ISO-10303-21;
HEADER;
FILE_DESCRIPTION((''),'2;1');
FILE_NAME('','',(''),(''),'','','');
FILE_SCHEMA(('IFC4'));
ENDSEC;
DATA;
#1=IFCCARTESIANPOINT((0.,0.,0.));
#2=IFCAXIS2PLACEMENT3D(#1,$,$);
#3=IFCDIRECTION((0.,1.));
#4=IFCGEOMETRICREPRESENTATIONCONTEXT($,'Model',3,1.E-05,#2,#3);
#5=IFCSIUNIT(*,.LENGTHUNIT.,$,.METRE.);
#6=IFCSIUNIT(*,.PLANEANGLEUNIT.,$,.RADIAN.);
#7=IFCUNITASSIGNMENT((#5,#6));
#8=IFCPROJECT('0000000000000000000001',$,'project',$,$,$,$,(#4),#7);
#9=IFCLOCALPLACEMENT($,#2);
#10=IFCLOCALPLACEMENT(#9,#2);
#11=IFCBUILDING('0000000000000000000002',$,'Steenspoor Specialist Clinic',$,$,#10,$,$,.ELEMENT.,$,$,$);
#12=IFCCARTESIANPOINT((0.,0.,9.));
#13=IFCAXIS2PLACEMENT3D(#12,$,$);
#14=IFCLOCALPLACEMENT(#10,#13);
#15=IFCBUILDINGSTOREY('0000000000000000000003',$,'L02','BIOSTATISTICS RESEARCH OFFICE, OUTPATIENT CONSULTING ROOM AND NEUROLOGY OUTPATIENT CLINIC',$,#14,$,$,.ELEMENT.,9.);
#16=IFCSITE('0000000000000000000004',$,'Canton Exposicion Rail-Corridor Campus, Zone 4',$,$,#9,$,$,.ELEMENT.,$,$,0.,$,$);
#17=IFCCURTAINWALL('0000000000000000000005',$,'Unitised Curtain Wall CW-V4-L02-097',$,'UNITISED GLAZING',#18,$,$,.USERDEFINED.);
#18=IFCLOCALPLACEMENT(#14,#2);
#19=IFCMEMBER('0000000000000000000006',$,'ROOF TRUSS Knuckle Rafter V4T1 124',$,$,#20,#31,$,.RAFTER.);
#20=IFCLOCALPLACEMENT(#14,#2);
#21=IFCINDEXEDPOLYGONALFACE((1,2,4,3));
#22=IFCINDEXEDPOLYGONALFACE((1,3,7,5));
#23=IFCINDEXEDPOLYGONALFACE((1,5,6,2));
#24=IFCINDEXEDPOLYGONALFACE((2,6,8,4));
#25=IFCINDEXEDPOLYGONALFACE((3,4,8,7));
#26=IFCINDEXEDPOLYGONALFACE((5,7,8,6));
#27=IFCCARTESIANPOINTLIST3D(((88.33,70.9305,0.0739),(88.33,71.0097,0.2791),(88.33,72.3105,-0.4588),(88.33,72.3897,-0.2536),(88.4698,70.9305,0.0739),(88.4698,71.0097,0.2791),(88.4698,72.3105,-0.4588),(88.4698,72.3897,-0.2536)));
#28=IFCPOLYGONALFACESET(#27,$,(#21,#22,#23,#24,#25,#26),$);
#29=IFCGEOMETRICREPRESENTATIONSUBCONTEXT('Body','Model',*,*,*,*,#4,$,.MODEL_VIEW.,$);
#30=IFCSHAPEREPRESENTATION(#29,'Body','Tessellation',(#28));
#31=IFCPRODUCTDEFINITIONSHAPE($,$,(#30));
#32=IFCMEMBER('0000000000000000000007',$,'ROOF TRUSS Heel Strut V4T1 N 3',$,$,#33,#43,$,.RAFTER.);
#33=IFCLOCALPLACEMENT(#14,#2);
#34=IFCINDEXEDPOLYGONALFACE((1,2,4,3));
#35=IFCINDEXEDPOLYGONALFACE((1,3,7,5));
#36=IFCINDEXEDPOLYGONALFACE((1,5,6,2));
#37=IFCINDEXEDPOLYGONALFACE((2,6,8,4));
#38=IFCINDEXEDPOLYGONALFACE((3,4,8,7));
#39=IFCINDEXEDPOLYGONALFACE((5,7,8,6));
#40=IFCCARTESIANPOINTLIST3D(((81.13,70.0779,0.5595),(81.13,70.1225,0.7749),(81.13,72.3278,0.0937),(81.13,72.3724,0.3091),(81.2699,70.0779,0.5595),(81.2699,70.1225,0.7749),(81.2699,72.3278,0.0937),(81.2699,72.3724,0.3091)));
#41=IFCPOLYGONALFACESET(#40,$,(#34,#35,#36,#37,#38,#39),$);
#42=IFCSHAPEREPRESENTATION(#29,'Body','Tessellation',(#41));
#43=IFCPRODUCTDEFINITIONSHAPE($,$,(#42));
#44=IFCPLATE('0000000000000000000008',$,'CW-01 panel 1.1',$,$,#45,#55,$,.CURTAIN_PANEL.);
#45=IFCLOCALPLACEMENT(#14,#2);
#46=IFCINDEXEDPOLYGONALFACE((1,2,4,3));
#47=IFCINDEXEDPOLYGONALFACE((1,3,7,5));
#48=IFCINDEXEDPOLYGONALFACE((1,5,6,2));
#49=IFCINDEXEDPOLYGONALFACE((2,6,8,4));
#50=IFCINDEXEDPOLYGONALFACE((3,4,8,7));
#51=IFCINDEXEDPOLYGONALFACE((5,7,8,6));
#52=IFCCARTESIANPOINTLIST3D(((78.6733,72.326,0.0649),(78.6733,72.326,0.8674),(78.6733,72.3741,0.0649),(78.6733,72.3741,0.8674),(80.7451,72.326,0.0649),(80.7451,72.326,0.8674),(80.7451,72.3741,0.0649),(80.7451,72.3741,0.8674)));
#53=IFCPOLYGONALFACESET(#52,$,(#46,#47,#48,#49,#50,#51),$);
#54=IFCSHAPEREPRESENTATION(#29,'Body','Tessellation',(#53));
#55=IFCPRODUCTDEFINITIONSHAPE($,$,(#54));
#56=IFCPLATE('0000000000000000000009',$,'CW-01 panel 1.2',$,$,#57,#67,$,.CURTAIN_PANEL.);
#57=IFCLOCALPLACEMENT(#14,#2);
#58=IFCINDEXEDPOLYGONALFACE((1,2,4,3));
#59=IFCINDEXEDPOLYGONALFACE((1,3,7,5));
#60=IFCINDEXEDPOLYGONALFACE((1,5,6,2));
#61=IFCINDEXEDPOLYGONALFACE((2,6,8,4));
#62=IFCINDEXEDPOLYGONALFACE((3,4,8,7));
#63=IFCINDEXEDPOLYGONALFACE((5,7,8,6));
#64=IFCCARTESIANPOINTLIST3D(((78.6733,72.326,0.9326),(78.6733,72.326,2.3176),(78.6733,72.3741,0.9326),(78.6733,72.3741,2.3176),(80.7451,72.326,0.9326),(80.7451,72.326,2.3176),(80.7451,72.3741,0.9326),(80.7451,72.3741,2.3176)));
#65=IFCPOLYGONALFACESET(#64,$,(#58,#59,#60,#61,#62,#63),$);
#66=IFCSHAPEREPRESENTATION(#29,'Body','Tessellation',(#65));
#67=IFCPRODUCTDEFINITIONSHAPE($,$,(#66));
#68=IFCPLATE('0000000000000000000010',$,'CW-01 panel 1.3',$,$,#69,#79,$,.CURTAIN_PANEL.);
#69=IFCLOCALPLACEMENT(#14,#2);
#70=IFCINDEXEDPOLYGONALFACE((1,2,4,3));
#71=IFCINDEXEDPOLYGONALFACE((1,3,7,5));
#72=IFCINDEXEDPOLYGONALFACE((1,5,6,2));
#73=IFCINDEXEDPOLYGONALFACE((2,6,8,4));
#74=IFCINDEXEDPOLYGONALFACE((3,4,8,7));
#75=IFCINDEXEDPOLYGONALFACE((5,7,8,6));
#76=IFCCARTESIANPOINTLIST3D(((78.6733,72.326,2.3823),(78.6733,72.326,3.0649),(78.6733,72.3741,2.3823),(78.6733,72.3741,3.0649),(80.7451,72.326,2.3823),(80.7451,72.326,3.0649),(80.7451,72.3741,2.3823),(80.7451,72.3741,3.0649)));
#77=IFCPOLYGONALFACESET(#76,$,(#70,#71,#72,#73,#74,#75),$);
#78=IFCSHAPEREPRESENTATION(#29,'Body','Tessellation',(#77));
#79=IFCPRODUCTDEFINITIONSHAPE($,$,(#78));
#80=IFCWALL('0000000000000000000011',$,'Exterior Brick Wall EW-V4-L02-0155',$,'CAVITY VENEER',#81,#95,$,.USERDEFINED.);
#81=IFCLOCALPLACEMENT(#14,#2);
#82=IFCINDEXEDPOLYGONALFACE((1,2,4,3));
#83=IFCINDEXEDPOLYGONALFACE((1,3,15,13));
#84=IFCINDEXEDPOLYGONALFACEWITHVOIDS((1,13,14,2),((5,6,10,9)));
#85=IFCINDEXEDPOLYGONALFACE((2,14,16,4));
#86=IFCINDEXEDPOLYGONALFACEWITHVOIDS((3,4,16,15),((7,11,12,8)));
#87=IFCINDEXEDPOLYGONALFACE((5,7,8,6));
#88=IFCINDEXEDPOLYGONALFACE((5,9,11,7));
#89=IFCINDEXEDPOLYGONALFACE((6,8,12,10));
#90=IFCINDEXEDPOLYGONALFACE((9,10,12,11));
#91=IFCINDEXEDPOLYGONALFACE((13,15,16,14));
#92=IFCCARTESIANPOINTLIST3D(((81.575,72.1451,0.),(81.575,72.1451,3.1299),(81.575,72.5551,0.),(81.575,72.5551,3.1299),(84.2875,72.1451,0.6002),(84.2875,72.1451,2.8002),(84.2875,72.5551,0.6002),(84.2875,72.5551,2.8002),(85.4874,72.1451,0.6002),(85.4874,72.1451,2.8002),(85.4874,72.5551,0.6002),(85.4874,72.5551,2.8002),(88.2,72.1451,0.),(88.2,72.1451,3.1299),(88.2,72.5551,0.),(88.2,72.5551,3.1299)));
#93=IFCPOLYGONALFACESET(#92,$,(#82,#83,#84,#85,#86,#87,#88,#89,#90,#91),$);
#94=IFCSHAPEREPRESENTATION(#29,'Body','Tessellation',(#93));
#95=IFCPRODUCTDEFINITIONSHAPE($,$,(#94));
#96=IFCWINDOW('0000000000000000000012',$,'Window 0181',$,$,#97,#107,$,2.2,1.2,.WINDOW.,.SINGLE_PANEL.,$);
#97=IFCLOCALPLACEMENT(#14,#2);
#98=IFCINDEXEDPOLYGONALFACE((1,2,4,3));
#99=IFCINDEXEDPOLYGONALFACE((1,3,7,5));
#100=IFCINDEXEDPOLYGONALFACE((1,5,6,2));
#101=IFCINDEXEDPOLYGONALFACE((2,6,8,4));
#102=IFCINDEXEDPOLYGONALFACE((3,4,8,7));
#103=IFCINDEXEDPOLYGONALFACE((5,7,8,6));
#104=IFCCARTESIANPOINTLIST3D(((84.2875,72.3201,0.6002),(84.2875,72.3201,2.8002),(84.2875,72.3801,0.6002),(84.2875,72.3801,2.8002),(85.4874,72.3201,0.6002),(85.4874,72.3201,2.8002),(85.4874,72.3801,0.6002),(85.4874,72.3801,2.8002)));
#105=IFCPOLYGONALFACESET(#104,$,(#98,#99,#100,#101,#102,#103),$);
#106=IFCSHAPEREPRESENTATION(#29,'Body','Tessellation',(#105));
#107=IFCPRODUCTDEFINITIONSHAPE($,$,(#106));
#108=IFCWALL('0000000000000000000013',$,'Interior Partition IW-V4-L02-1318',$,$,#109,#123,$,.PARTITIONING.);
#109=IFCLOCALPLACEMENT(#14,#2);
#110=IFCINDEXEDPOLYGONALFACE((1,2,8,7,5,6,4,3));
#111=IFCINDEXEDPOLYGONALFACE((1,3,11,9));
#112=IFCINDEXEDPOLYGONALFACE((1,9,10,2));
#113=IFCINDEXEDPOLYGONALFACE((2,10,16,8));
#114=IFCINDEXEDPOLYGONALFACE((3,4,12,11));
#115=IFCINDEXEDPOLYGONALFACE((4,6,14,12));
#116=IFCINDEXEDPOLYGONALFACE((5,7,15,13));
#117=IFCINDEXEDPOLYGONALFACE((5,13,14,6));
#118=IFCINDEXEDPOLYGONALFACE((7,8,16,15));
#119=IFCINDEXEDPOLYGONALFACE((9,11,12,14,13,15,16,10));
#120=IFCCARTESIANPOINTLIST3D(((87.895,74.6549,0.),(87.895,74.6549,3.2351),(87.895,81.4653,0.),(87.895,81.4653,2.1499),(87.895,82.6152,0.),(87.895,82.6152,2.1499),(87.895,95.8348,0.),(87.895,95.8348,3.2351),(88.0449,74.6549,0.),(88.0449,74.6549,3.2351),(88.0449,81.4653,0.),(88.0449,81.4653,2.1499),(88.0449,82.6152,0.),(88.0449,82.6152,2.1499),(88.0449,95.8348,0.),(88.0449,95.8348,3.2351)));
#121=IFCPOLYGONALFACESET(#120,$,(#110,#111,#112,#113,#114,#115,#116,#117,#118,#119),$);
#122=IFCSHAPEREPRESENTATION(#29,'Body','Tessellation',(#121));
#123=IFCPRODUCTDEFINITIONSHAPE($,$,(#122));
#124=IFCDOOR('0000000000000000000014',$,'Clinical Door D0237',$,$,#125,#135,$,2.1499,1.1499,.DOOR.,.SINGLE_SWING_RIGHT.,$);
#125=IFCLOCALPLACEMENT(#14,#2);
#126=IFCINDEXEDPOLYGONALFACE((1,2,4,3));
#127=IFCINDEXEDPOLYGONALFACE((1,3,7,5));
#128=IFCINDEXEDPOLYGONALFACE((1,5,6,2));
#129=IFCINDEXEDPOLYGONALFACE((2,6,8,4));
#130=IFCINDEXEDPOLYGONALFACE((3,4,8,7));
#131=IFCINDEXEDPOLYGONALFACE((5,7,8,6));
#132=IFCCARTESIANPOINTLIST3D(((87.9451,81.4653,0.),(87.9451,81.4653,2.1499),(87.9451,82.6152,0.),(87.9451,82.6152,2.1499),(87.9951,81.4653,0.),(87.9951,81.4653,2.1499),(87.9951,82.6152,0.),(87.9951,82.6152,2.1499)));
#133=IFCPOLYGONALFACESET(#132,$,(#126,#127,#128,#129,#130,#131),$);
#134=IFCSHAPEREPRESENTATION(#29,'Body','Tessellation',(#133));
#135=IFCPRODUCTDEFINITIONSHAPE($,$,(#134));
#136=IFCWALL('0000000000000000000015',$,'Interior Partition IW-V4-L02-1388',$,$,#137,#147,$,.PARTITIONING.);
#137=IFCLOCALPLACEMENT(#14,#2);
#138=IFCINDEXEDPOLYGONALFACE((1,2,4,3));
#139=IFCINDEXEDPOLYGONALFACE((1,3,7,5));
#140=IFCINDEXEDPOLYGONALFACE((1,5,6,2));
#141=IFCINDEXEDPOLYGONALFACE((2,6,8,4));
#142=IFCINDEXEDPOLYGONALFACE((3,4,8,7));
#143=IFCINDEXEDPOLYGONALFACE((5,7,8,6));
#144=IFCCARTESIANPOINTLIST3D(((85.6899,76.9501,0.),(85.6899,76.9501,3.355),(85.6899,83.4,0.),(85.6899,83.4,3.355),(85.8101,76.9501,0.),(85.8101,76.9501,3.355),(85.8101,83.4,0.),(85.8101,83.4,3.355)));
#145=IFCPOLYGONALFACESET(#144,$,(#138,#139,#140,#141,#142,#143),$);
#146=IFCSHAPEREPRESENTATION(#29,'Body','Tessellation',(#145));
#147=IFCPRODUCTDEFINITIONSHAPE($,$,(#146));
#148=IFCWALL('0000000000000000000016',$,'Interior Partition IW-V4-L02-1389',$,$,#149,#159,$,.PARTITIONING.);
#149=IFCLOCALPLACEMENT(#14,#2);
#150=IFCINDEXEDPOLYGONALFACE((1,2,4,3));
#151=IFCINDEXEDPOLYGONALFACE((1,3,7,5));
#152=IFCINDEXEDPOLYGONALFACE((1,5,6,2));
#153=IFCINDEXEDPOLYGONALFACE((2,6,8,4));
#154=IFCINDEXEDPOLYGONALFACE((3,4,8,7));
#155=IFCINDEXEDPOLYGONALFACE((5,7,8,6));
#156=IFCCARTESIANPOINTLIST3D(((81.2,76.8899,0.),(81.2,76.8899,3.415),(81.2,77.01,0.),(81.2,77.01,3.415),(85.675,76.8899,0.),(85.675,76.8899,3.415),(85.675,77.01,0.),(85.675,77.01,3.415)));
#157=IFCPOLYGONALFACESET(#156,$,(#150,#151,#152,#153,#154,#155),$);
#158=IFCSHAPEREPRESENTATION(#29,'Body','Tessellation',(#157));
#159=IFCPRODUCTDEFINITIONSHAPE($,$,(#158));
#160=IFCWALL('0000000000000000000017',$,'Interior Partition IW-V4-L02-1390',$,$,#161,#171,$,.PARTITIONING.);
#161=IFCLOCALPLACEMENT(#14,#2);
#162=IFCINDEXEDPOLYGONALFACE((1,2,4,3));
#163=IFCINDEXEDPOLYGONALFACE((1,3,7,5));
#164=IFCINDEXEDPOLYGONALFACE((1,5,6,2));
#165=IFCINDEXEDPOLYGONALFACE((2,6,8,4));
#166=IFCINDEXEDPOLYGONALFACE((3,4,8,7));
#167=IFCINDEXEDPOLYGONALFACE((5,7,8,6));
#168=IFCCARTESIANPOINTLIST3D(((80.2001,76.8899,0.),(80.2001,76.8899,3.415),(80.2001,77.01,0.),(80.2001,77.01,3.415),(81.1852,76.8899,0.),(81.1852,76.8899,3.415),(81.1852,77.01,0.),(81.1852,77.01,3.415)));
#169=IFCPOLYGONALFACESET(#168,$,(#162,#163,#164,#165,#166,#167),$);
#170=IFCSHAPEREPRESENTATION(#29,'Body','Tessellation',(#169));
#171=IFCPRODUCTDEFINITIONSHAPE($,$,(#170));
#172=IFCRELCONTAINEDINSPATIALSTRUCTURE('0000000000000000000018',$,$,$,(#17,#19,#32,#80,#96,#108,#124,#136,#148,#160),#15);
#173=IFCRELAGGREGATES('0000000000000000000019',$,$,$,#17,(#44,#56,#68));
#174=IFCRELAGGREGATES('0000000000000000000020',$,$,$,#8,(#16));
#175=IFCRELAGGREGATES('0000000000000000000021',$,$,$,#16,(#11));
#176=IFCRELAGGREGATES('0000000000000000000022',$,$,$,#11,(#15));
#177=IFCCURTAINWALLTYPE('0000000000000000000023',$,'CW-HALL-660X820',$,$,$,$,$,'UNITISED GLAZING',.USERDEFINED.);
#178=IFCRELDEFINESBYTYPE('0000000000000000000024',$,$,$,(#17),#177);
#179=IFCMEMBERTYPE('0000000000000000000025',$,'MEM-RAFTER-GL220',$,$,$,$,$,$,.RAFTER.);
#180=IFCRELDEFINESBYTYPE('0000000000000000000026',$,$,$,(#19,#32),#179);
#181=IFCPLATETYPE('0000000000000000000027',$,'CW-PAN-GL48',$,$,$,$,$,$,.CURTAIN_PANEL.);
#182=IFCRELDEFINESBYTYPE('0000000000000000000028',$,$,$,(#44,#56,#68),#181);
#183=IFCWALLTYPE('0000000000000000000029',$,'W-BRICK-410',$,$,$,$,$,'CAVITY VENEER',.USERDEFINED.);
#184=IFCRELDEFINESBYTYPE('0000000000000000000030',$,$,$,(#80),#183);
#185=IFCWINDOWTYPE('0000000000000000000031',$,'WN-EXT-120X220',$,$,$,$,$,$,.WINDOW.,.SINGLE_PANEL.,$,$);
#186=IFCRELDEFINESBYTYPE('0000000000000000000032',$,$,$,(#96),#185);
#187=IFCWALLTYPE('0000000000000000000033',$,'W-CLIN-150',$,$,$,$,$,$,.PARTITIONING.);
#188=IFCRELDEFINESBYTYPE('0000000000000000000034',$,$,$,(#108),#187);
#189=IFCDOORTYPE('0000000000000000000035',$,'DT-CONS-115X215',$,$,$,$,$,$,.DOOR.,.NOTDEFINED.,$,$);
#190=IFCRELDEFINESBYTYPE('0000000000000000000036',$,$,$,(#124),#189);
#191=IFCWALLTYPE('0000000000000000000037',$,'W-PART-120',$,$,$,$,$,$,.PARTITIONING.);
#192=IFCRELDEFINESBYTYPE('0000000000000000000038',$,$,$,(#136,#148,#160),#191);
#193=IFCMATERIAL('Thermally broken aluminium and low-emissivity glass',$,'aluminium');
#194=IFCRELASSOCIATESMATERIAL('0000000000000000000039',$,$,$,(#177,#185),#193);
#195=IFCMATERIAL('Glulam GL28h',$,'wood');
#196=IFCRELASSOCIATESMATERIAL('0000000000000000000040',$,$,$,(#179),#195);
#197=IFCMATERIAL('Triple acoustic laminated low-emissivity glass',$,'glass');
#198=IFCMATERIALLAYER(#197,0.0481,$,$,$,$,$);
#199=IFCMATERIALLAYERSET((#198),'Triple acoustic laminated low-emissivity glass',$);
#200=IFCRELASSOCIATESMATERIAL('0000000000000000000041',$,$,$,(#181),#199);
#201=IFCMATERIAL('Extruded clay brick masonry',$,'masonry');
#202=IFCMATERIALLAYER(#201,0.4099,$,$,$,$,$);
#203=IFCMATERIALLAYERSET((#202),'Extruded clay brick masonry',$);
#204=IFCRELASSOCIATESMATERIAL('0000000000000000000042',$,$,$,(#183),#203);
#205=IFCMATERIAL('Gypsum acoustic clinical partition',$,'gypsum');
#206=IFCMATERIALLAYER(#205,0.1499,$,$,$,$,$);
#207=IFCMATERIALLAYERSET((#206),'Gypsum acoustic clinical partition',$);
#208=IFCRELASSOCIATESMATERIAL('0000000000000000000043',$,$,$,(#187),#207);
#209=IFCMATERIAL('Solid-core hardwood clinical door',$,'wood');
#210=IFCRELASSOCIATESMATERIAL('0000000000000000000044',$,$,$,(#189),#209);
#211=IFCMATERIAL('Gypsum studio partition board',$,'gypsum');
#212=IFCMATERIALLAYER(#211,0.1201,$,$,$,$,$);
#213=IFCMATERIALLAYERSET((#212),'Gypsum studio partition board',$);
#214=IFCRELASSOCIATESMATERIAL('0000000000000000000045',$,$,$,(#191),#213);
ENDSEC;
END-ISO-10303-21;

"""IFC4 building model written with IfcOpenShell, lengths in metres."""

from ifc_helpers import new_model, si_unit, direction, frame, frame_2d, origin, origin_2d, place, context, subcontext, project, spatial, rectangle, extrude, material, layer, layer_set, material_profile, profile_set, type_object, element, fill, aggregate, save


model = new_model("IFC4")

# Units and contexts
model_context = context("Model", 3, precision=1e-05, world=origin(), true_north=direction((0.0, 1.0)))
body_context = subcontext(model_context, "Body", "Model", "MODEL_VIEW")
ifc_project = project(units=[si_unit("LENGTHUNIT", "METRE"), si_unit("PLANEANGLEUNIT", "RADIAN")], contexts=[model_context])

# Site, building, storey
site_placement = place(None, origin())
site = spatial("IfcSite", under=ifc_project, at=site_placement, Name="Canton Exposicion Rail-Corridor Campus, Zone 4", CompositionType="ELEMENT", RefElevation=0.0)
building_placement = place(site_placement, origin())
building = spatial("IfcBuilding", under=site, at=building_placement, Name="Steenspoor Specialist Clinic", CompositionType="ELEMENT")
storey_placement = place(building_placement, frame((0.0, 0.0, 9.0)))
storey = spatial("IfcBuildingStorey", under=building, at=storey_placement, Name="L02", Description="BIOSTATISTICS RESEARCH OFFICE, OUTPATIENT CONSULTING ROOM AND NEUROLOGY OUTPATIENT CLINIC", CompositionType="ELEMENT", Elevation=9.0)

# Curtain wall
ifc_material_1 = material(Name="Thermally broken aluminium and low-emissivity glass", Category="aluminium")
curtain_wall_type = type_object("IfcCurtainWallType", Name="CW-HALL-660X820", ElementType="UNITISED GLAZING", PredefinedType="USERDEFINED", material=ifc_material_1)
curtain_wall_placement = place(storey_placement, origin())
curtain_wall = element("IfcCurtainWall", 1, at=curtain_wall_placement, inside=storey, type_object=curtain_wall_type, Name="Unitised Curtain Wall CW-V4-L02-097", ObjectType="UNITISED GLAZING", PredefinedType="USERDEFINED")

# Members
ifc_material_2 = material(Name="Glulam GL28h", Category="wood")
ifc_material_profile_1 = material_profile(ifc_material_2, rectangle(XDim=0.1399, YDim=0.22, at=origin_2d()), Name="GL28H-140X220")
ifc_profile_set_1 = profile_set([ifc_material_profile_1], Name="Glulam GL28h")
member_type_1 = type_object("IfcMemberType", Name="MEM-RAFTER-GL220", PredefinedType="RAFTER", material=ifc_profile_set_1)
for number, where, z_axis, x_axis, name in (
    (2, (88.3999, 72.3501, -0.3562), (0.0, -0.932915, 0.360096), (1.0, 0.0, 0.0), "ROOF TRUSS Knuckle Rafter V4T1 124"),
):
    element("IfcMember", number, at=place(storey_placement, frame(where, z_axis=z_axis, x_axis=x_axis)), inside=storey, type_object=member_type_1, Name=name, PredefinedType="RAFTER", context=body_context, shape_type="SweptSolid", body=[
        extrude(rectangle(XDim=0.1399, YDim=0.22, at=origin_2d()), origin(), (0.0, 0.0, 1.0), 1.4792),
    ])
member_1_placement = place(storey_placement, frame((81.2, 72.3501, 0.2014), z_axis=(0.0, -0.979234, 0.202732), x_axis=(1.0, 0.0, 0.0)))
element("IfcMember", 3, at=member_1_placement, inside=storey, type_object=member_type_1, Name="ROOF TRUSS Heel Strut V4T1 N 3", PredefinedType="RAFTER", context=body_context, shape_type="SweptSolid", body=[
    extrude(rectangle(XDim=0.1399, YDim=0.22, at=origin_2d()), origin(), (0.0, 0.0, 1.0), 2.2976),
])

# Plates
ifc_material_3 = material(Name="Triple acoustic laminated low-emissivity glass", Category="glass")
ifc_layer_1 = layer(ifc_material_3, 0.0481)
ifc_layer_set_1 = layer_set([ifc_layer_1], Name="Triple acoustic laminated low-emissivity glass")
plate_type = type_object("IfcPlateType", Name="CW-PAN-GL48", PredefinedType="CURTAIN_PANEL", material=ifc_layer_set_1)
plate_1_placement = place(storey_placement, frame((79.7092, 72.3501, 0.0649), z_axis=(0.0, 0.0, 1.0), x_axis=(-1.0, 0.0, 0.0)))
plate_1 = element("IfcPlate", 4, at=plate_1_placement, type_object=plate_type, Name="CW-01 panel 1.1", PredefinedType="CURTAIN_PANEL", context=body_context, shape_type="SweptSolid", body=[
    extrude(rectangle(XDim=2.0718, YDim=0.0481, at=origin_2d()), origin(), (0.0, 0.0, 1.0), 0.8025),
])
plate_2_placement = place(storey_placement, frame((79.7092, 72.3501, 0.9326), z_axis=(0.0, 0.0, 1.0), x_axis=(-1.0, 0.0, 0.0)))
plate_2 = element("IfcPlate", 5, at=plate_2_placement, type_object=plate_type, Name="CW-01 panel 1.2", PredefinedType="CURTAIN_PANEL", context=body_context, shape_type="SweptSolid", body=[
    extrude(rectangle(XDim=2.0718, YDim=0.0481, at=origin_2d()), origin(), (0.0, 0.0, 1.0), 1.385),
])
plate_3_placement = place(storey_placement, frame((79.7092, 72.3501, 2.3823), z_axis=(0.0, 0.0, 1.0), x_axis=(-1.0, 0.0, 0.0)))
plate_3 = element("IfcPlate", 6, at=plate_3_placement, type_object=plate_type, Name="CW-01 panel 1.3", PredefinedType="CURTAIN_PANEL", context=body_context, shape_type="SweptSolid", body=[
    extrude(rectangle(XDim=2.0718, YDim=0.0481, at=origin_2d()), origin(), (0.0, 0.0, 1.0), 0.6826),
])
aggregate(curtain_wall, [plate_1, plate_2, plate_3])

# Wall, opening, window
ifc_material_4 = material(Name="Extruded clay brick masonry", Category="masonry")
ifc_layer_2 = layer(ifc_material_4, 0.4099)
ifc_layer_set_2 = layer_set([ifc_layer_2], Name="Extruded clay brick masonry")
wall_type_1 = type_object("IfcWallType", Name="W-BRICK-410", ElementType="CAVITY VENEER", PredefinedType="USERDEFINED", material=ifc_layer_set_2)
wall_1_placement = place(storey_placement, frame((88.2, 72.3501, 0.0), z_axis=(0.0, 0.0, 1.0), x_axis=(-1.0, 0.0, 0.0)))
wall_1 = element("IfcWall", 7, at=wall_1_placement, inside=storey, type_object=wall_type_1, Name="Exterior Brick Wall EW-V4-L02-0155", ObjectType="CAVITY VENEER", PredefinedType="USERDEFINED", context=body_context, shape_type="SweptSolid", body=[
    extrude(rectangle(XDim=6.625, YDim=0.4099, at=frame_2d((3.3125, 0.0))), origin(), (0.0, 0.0, 1.0), 3.1299),
])
opening_1_placement = place(wall_1_placement, frame((2.7124, 0.0, 0.6001)))
opening_1 = element("IfcOpeningElement", 8, at=opening_1_placement, cuts=wall_1, PredefinedType="OPENING", context=body_context, shape_type="SweptSolid", body=[
    extrude(rectangle(XDim=1.2, YDim=2.2, at=frame_2d((0.6001, 1.1001))), frame((0.0, 0.2148, 0.0), z_axis=(0.0, -1.0, 0.0), x_axis=(1.0, 0.0, 0.0)), (0.0, 0.0, 1.0), 0.4299),
])
window_type = type_object("IfcWindowType", Name="WN-EXT-120X220", PartitioningType="SINGLE_PANEL", PredefinedType="WINDOW", material=ifc_material_1)
window_placement = place(opening_1_placement, origin())
window = element("IfcWindow", 9, at=window_placement, inside=storey, type_object=window_type, Name="Window 0181", OverallHeight=2.2, OverallWidth=1.2, PartitioningType="SINGLE_PANEL", PredefinedType="WINDOW", context=body_context, shape_type="SweptSolid", body=[
    extrude(rectangle(XDim=1.2, YDim=2.2, at=frame_2d((0.6001, 1.1001))), frame((0.0, 0.03, 0.0), z_axis=(0.0, -1.0, 0.0), x_axis=(1.0, 0.0, 0.0)), (0.0, 0.0, 1.0), 0.0601),
])
fill(opening_1, window)

# Wall, opening, door
ifc_material_5 = material(Name="Gypsum acoustic clinical partition", Category="gypsum")
ifc_layer_3 = layer(ifc_material_5, 0.1499)
ifc_layer_set_3 = layer_set([ifc_layer_3], Name="Gypsum acoustic clinical partition")
wall_type_2 = type_object("IfcWallType", Name="W-CLIN-150", PredefinedType="PARTITIONING", material=ifc_layer_set_3)
wall_2_placement = place(storey_placement, frame((87.97, 74.655, 0.0), z_axis=(0.0, 0.0, 1.0), x_axis=(0.0, 1.0, 0.0)))
wall_2 = element("IfcWall", 10, at=wall_2_placement, inside=storey, type_object=wall_type_2, Name="Interior Partition IW-V4-L02-1318", PredefinedType="PARTITIONING", context=body_context, shape_type="SweptSolid", body=[
    extrude(rectangle(XDim=21.1799, YDim=0.1499, at=frame_2d((10.5898, 0.0))), origin(), (0.0, 0.0, 1.0), 3.2351),
])
opening_2_placement = place(wall_2_placement, frame((6.8103, 0.0, 0.0)))
opening_2 = element("IfcOpeningElement", 11, at=opening_2_placement, cuts=wall_2, PredefinedType="OPENING", context=body_context, shape_type="SweptSolid", body=[
    extrude(rectangle(XDim=1.1499, YDim=2.1499, at=frame_2d((0.575, 1.075))), frame((0.0, 0.085, 0.0), z_axis=(0.0, -1.0, 0.0), x_axis=(1.0, 0.0, 0.0)), (0.0, 0.0, 1.0), 0.1699),
])
ifc_material_6 = material(Name="Solid-core hardwood clinical door", Category="wood")
door_type_1 = type_object("IfcDoorType", Name="DT-CONS-115X215", OperationType="NOTDEFINED", PredefinedType="DOOR", material=ifc_material_6)
door_1_placement = place(opening_2_placement, origin())
door_1 = element("IfcDoor", 12, at=door_1_placement, inside=storey, type_object=door_type_1, Name="Clinical Door D0237", OperationType="SINGLE_SWING_RIGHT", OverallHeight=2.1499, OverallWidth=1.1499, PredefinedType="DOOR", context=body_context, shape_type="SweptSolid", body=[
    extrude(rectangle(XDim=1.1499, YDim=2.1499, at=frame_2d((0.575, 1.075))), frame((0.0, 0.0249, 0.0), z_axis=(0.0, -1.0, 0.0), x_axis=(1.0, 0.0, 0.0)), (0.0, 0.0, 1.0), 0.05),
])
fill(opening_2, door_1)

# Walls
ifc_material_7 = material(Name="Gypsum studio partition board", Category="gypsum")
ifc_layer_4 = layer(ifc_material_7, 0.1201)
ifc_layer_set_4 = layer_set([ifc_layer_4], Name="Gypsum studio partition board")
wall_type_3 = type_object("IfcWallType", Name="W-PART-120", PredefinedType="PARTITIONING", material=ifc_layer_set_4)
wall_3_placement = place(storey_placement, frame((85.75, 76.95, 0.0), z_axis=(0.0, 0.0, 1.0), x_axis=(0.0, 1.0, 0.0)))
element("IfcWall", 13, at=wall_3_placement, inside=storey, type_object=wall_type_3, Name="Interior Partition IW-V4-L02-1388", PredefinedType="PARTITIONING", context=body_context, shape_type="SweptSolid", body=[
    extrude(rectangle(XDim=6.45, YDim=0.1201, at=frame_2d((3.2251, 0.0))), origin(), (0.0, 0.0, 1.0), 3.355),
])
wall_4_placement = place(storey_placement, frame((81.2, 76.95, 0.0), z_axis=(0.0, 0.0, 1.0), x_axis=(1.0, 0.0, 0.0)))
element("IfcWall", 14, at=wall_4_placement, inside=storey, type_object=wall_type_3, Name="Interior Partition IW-V4-L02-1389", PredefinedType="PARTITIONING", context=body_context, shape_type="SweptSolid", body=[
    extrude(rectangle(XDim=4.4751, YDim=0.1201, at=frame_2d((2.2375, 0.0))), origin(), (0.0, 0.0, 1.0), 3.415),
])
wall_5_placement = place(storey_placement, frame((80.2, 76.95, 0.0), z_axis=(0.0, 0.0, 1.0), x_axis=(1.0, 0.0, 0.0)))
element("IfcWall", 15, at=wall_5_placement, inside=storey, type_object=wall_type_3, Name="Interior Partition IW-V4-L02-1390", PredefinedType="PARTITIONING", context=body_context, shape_type="SweptSolid", body=[
    extrude(rectangle(XDim=0.9851, YDim=0.1201, at=frame_2d((0.4927, 0.0))), origin(), (0.0, 0.0, 1.0), 3.415),
])

save(model, "model.ifc")
